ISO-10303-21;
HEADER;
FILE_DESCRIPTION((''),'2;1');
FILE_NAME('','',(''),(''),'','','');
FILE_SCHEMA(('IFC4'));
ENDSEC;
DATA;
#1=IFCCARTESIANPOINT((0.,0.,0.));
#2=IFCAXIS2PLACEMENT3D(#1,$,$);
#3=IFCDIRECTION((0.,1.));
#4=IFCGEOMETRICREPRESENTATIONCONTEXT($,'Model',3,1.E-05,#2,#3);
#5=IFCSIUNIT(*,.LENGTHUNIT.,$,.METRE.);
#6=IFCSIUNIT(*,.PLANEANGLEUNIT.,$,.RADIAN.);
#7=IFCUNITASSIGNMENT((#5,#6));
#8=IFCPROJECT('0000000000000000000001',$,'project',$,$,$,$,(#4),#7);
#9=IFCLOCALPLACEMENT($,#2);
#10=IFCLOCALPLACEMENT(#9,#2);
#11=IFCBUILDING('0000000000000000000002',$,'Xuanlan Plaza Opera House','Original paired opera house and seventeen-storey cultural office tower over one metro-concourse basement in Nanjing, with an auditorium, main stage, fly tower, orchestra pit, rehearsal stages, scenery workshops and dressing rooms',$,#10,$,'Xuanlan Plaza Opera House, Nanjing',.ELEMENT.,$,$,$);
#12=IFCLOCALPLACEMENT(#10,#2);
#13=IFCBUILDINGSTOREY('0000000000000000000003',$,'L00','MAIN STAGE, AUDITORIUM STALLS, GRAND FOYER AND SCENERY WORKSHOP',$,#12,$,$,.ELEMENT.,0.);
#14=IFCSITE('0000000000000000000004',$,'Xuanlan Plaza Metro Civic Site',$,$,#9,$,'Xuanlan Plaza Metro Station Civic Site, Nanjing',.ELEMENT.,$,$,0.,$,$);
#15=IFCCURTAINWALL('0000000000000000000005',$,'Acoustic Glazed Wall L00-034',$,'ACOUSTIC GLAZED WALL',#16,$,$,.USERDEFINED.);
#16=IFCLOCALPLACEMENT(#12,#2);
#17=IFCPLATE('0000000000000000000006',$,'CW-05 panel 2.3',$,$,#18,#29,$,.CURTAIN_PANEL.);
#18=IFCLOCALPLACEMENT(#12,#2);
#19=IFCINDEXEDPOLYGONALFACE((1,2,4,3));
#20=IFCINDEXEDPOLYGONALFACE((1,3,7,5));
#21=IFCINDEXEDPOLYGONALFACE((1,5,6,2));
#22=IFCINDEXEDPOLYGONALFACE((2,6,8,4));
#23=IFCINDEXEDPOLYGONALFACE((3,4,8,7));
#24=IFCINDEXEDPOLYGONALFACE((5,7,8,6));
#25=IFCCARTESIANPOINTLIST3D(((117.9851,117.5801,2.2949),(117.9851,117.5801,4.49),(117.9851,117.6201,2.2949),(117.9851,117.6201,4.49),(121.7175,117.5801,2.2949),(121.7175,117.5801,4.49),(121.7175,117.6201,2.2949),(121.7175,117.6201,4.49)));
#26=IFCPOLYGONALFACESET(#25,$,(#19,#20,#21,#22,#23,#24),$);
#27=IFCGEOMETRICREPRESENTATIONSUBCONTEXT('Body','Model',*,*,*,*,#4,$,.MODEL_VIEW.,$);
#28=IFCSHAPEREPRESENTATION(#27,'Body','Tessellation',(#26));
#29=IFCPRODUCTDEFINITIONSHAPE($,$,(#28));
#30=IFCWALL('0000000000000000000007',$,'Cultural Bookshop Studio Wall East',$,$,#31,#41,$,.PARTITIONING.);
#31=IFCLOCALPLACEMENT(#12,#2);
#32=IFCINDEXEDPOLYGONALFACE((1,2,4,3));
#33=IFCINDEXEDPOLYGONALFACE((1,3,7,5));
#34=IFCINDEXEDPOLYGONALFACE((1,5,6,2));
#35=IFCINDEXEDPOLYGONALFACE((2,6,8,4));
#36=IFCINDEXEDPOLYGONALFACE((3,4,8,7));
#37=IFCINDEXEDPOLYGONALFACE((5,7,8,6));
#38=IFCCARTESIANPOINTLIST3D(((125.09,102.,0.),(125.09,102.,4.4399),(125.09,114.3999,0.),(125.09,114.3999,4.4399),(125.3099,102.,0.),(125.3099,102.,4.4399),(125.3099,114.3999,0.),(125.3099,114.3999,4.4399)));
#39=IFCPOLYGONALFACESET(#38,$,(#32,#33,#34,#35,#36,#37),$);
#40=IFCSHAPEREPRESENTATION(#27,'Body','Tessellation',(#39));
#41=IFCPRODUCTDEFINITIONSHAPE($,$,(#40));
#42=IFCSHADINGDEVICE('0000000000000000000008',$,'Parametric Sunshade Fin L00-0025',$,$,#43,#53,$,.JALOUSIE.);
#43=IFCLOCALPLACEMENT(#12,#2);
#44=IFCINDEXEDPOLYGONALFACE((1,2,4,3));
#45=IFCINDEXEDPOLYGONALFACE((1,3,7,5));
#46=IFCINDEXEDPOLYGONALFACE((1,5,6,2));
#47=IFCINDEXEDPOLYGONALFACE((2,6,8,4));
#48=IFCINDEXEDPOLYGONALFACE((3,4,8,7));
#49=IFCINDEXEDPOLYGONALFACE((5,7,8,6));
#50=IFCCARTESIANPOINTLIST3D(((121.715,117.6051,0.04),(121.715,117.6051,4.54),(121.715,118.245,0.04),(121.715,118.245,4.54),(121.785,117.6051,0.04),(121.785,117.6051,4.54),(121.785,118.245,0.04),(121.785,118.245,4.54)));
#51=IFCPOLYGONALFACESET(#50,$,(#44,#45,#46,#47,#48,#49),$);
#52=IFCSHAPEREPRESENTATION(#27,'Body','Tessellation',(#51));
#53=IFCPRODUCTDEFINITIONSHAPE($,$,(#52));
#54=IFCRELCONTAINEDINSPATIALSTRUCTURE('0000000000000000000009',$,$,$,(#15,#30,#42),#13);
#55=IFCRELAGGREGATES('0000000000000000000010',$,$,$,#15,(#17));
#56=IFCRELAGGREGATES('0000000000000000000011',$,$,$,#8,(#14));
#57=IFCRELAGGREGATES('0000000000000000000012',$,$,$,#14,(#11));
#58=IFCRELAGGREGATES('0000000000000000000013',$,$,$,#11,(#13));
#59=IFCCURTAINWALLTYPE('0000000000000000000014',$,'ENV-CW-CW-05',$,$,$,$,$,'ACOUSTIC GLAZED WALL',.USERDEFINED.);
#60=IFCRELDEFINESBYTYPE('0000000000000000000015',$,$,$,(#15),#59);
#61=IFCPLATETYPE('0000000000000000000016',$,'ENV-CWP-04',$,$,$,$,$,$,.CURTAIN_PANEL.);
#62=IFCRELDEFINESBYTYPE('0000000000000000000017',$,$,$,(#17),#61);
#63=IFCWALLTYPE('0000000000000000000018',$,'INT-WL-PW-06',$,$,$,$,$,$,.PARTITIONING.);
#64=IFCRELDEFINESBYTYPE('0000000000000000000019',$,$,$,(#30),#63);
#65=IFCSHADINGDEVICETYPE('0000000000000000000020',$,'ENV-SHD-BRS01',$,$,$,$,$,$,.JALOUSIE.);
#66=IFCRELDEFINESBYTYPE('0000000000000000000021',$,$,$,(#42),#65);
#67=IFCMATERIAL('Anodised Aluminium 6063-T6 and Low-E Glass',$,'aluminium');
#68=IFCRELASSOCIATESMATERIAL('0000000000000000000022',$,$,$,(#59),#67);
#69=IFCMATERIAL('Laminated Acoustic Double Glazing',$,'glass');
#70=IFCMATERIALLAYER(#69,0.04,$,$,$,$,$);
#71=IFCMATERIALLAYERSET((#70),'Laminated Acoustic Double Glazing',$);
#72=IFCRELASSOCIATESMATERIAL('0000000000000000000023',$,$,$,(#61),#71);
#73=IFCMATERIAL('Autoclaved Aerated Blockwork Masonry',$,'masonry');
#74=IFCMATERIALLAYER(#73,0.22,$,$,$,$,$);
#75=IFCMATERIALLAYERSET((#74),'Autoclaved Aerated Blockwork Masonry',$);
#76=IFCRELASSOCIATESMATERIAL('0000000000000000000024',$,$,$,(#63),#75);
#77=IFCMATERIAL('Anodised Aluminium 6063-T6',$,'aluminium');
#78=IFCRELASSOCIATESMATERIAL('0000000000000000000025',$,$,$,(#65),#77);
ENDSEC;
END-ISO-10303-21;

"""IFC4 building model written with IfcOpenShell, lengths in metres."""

from ifc_helpers import new_model, si_unit, direction, frame, frame_2d, origin, origin_2d, place, context, subcontext, project, spatial, rectangle, extrude, material, layer, layer_set, type_object, element, aggregate, save


model = new_model("IFC4")

# Units and contexts
model_context = context("Model", 3, precision=1e-05, world=origin(), true_north=direction((0.0, 1.0)))
body_context = subcontext(model_context, "Body", "Model", "MODEL_VIEW")
ifc_project = project(units=[si_unit("LENGTHUNIT", "METRE"), si_unit("PLANEANGLEUNIT", "RADIAN")], contexts=[model_context])

# Site, building, storey
site_placement = place(None, origin())
site = spatial("IfcSite", under=ifc_project, at=site_placement, Name="Xuanlan Plaza Metro Civic Site", LongName="Xuanlan Plaza Metro Station Civic Site, Nanjing", CompositionType="ELEMENT", RefElevation=0.0)
building_placement = place(site_placement, origin())
building = spatial("IfcBuilding", under=site, at=building_placement, Name="Xuanlan Plaza Opera House", Description="Original paired opera house and seventeen-storey cultural office tower over one metro-concourse basement in Nanjing, with an auditorium, main stage, fly tower, orchestra pit, rehearsal stages, scenery workshops and dressing rooms", LongName="Xuanlan Plaza Opera House, Nanjing", CompositionType="ELEMENT")
storey_placement = place(building_placement, origin())
storey = spatial("IfcBuildingStorey", under=building, at=storey_placement, Name="L00", Description="MAIN STAGE, AUDITORIUM STALLS, GRAND FOYER AND SCENERY WORKSHOP", CompositionType="ELEMENT", Elevation=0.0)

# Curtain wall
ifc_material_1 = material(Name="Anodised Aluminium 6063-T6 and Low-E Glass", Category="aluminium")
curtain_wall_type = type_object("IfcCurtainWallType", Name="ENV-CW-CW-05", ElementType="ACOUSTIC GLAZED WALL", PredefinedType="USERDEFINED", material=ifc_material_1)
curtain_wall_placement = place(storey_placement, origin())
curtain_wall = element("IfcCurtainWall", 1, at=curtain_wall_placement, inside=storey, type_object=curtain_wall_type, Name="Acoustic Glazed Wall L00-034", ObjectType="ACOUSTIC GLAZED WALL", PredefinedType="USERDEFINED")
ifc_material_2 = material(Name="Anodised Aluminium 6063-T6", Category="aluminium")

# Plate
ifc_material_3 = material(Name="Laminated Acoustic Double Glazing", Category="glass")
ifc_layer_1 = layer(ifc_material_3, 0.04)
ifc_layer_set_1 = layer_set([ifc_layer_1], Name="Laminated Acoustic Double Glazing")
plate_type = type_object("IfcPlateType", Name="ENV-CWP-04", PredefinedType="CURTAIN_PANEL", material=ifc_layer_set_1)
plate_1_placement = place(storey_placement, frame((119.8513, 117.6001, 2.2949), z_axis=(0.0, 0.0, 1.0), x_axis=(-1.0, 0.0, 0.0)))
plate_1 = element("IfcPlate", 2, at=plate_1_placement, type_object=plate_type, Name="CW-05 panel 2.3", PredefinedType="CURTAIN_PANEL", context=body_context, shape_type="SweptSolid", body=[
    extrude(rectangle(XDim=3.7324, YDim=0.04, at=origin_2d()), origin(), (0.0, 0.0, 1.0), 2.1951),
])
aggregate(curtain_wall, [plate_1])

# Wall
ifc_material_4 = material(Name="Autoclaved Aerated Blockwork Masonry", Category="masonry")
ifc_layer_2 = layer(ifc_material_4, 0.22)
ifc_layer_set_2 = layer_set([ifc_layer_2], Name="Autoclaved Aerated Blockwork Masonry")
wall_type = type_object("IfcWallType", Name="INT-WL-PW-06", PredefinedType="PARTITIONING", material=ifc_layer_set_2)
wall_placement = place(storey_placement, frame((125.2, 102.0, 0.0), z_axis=(0.0, 0.0, 1.0), x_axis=(0.0, 1.0, 0.0)))
element("IfcWall", 3, at=wall_placement, inside=storey, type_object=wall_type, Name="Cultural Bookshop Studio Wall East", PredefinedType="PARTITIONING", context=body_context, shape_type="SweptSolid", body=[
    extrude(rectangle(XDim=12.3999, YDim=0.22, at=frame_2d((6.2, 0.0))), origin(), (0.0, 0.0, 1.0), 4.4399),
])

# Shading device
shading_device_type = type_object("IfcShadingDeviceType", Name="ENV-SHD-BRS01", PredefinedType="JALOUSIE", material=ifc_material_2)
shading_device_placement = place(storey_placement, frame((121.75, 117.925, 0.04), z_axis=(0.0, 0.0, 1.0), x_axis=(0.0, 1.0, 0.0)))
element("IfcShadingDevice", 4, at=shading_device_placement, inside=storey, type_object=shading_device_type, Name="Parametric Sunshade Fin L00-0025", PredefinedType="JALOUSIE", context=body_context, shape_type="SweptSolid", body=[
    extrude(rectangle(XDim=0.6399, YDim=0.0701, at=origin_2d()), origin(), (0.0, 0.0, 1.0), 4.5),
])

save(model, "model.ifc")
